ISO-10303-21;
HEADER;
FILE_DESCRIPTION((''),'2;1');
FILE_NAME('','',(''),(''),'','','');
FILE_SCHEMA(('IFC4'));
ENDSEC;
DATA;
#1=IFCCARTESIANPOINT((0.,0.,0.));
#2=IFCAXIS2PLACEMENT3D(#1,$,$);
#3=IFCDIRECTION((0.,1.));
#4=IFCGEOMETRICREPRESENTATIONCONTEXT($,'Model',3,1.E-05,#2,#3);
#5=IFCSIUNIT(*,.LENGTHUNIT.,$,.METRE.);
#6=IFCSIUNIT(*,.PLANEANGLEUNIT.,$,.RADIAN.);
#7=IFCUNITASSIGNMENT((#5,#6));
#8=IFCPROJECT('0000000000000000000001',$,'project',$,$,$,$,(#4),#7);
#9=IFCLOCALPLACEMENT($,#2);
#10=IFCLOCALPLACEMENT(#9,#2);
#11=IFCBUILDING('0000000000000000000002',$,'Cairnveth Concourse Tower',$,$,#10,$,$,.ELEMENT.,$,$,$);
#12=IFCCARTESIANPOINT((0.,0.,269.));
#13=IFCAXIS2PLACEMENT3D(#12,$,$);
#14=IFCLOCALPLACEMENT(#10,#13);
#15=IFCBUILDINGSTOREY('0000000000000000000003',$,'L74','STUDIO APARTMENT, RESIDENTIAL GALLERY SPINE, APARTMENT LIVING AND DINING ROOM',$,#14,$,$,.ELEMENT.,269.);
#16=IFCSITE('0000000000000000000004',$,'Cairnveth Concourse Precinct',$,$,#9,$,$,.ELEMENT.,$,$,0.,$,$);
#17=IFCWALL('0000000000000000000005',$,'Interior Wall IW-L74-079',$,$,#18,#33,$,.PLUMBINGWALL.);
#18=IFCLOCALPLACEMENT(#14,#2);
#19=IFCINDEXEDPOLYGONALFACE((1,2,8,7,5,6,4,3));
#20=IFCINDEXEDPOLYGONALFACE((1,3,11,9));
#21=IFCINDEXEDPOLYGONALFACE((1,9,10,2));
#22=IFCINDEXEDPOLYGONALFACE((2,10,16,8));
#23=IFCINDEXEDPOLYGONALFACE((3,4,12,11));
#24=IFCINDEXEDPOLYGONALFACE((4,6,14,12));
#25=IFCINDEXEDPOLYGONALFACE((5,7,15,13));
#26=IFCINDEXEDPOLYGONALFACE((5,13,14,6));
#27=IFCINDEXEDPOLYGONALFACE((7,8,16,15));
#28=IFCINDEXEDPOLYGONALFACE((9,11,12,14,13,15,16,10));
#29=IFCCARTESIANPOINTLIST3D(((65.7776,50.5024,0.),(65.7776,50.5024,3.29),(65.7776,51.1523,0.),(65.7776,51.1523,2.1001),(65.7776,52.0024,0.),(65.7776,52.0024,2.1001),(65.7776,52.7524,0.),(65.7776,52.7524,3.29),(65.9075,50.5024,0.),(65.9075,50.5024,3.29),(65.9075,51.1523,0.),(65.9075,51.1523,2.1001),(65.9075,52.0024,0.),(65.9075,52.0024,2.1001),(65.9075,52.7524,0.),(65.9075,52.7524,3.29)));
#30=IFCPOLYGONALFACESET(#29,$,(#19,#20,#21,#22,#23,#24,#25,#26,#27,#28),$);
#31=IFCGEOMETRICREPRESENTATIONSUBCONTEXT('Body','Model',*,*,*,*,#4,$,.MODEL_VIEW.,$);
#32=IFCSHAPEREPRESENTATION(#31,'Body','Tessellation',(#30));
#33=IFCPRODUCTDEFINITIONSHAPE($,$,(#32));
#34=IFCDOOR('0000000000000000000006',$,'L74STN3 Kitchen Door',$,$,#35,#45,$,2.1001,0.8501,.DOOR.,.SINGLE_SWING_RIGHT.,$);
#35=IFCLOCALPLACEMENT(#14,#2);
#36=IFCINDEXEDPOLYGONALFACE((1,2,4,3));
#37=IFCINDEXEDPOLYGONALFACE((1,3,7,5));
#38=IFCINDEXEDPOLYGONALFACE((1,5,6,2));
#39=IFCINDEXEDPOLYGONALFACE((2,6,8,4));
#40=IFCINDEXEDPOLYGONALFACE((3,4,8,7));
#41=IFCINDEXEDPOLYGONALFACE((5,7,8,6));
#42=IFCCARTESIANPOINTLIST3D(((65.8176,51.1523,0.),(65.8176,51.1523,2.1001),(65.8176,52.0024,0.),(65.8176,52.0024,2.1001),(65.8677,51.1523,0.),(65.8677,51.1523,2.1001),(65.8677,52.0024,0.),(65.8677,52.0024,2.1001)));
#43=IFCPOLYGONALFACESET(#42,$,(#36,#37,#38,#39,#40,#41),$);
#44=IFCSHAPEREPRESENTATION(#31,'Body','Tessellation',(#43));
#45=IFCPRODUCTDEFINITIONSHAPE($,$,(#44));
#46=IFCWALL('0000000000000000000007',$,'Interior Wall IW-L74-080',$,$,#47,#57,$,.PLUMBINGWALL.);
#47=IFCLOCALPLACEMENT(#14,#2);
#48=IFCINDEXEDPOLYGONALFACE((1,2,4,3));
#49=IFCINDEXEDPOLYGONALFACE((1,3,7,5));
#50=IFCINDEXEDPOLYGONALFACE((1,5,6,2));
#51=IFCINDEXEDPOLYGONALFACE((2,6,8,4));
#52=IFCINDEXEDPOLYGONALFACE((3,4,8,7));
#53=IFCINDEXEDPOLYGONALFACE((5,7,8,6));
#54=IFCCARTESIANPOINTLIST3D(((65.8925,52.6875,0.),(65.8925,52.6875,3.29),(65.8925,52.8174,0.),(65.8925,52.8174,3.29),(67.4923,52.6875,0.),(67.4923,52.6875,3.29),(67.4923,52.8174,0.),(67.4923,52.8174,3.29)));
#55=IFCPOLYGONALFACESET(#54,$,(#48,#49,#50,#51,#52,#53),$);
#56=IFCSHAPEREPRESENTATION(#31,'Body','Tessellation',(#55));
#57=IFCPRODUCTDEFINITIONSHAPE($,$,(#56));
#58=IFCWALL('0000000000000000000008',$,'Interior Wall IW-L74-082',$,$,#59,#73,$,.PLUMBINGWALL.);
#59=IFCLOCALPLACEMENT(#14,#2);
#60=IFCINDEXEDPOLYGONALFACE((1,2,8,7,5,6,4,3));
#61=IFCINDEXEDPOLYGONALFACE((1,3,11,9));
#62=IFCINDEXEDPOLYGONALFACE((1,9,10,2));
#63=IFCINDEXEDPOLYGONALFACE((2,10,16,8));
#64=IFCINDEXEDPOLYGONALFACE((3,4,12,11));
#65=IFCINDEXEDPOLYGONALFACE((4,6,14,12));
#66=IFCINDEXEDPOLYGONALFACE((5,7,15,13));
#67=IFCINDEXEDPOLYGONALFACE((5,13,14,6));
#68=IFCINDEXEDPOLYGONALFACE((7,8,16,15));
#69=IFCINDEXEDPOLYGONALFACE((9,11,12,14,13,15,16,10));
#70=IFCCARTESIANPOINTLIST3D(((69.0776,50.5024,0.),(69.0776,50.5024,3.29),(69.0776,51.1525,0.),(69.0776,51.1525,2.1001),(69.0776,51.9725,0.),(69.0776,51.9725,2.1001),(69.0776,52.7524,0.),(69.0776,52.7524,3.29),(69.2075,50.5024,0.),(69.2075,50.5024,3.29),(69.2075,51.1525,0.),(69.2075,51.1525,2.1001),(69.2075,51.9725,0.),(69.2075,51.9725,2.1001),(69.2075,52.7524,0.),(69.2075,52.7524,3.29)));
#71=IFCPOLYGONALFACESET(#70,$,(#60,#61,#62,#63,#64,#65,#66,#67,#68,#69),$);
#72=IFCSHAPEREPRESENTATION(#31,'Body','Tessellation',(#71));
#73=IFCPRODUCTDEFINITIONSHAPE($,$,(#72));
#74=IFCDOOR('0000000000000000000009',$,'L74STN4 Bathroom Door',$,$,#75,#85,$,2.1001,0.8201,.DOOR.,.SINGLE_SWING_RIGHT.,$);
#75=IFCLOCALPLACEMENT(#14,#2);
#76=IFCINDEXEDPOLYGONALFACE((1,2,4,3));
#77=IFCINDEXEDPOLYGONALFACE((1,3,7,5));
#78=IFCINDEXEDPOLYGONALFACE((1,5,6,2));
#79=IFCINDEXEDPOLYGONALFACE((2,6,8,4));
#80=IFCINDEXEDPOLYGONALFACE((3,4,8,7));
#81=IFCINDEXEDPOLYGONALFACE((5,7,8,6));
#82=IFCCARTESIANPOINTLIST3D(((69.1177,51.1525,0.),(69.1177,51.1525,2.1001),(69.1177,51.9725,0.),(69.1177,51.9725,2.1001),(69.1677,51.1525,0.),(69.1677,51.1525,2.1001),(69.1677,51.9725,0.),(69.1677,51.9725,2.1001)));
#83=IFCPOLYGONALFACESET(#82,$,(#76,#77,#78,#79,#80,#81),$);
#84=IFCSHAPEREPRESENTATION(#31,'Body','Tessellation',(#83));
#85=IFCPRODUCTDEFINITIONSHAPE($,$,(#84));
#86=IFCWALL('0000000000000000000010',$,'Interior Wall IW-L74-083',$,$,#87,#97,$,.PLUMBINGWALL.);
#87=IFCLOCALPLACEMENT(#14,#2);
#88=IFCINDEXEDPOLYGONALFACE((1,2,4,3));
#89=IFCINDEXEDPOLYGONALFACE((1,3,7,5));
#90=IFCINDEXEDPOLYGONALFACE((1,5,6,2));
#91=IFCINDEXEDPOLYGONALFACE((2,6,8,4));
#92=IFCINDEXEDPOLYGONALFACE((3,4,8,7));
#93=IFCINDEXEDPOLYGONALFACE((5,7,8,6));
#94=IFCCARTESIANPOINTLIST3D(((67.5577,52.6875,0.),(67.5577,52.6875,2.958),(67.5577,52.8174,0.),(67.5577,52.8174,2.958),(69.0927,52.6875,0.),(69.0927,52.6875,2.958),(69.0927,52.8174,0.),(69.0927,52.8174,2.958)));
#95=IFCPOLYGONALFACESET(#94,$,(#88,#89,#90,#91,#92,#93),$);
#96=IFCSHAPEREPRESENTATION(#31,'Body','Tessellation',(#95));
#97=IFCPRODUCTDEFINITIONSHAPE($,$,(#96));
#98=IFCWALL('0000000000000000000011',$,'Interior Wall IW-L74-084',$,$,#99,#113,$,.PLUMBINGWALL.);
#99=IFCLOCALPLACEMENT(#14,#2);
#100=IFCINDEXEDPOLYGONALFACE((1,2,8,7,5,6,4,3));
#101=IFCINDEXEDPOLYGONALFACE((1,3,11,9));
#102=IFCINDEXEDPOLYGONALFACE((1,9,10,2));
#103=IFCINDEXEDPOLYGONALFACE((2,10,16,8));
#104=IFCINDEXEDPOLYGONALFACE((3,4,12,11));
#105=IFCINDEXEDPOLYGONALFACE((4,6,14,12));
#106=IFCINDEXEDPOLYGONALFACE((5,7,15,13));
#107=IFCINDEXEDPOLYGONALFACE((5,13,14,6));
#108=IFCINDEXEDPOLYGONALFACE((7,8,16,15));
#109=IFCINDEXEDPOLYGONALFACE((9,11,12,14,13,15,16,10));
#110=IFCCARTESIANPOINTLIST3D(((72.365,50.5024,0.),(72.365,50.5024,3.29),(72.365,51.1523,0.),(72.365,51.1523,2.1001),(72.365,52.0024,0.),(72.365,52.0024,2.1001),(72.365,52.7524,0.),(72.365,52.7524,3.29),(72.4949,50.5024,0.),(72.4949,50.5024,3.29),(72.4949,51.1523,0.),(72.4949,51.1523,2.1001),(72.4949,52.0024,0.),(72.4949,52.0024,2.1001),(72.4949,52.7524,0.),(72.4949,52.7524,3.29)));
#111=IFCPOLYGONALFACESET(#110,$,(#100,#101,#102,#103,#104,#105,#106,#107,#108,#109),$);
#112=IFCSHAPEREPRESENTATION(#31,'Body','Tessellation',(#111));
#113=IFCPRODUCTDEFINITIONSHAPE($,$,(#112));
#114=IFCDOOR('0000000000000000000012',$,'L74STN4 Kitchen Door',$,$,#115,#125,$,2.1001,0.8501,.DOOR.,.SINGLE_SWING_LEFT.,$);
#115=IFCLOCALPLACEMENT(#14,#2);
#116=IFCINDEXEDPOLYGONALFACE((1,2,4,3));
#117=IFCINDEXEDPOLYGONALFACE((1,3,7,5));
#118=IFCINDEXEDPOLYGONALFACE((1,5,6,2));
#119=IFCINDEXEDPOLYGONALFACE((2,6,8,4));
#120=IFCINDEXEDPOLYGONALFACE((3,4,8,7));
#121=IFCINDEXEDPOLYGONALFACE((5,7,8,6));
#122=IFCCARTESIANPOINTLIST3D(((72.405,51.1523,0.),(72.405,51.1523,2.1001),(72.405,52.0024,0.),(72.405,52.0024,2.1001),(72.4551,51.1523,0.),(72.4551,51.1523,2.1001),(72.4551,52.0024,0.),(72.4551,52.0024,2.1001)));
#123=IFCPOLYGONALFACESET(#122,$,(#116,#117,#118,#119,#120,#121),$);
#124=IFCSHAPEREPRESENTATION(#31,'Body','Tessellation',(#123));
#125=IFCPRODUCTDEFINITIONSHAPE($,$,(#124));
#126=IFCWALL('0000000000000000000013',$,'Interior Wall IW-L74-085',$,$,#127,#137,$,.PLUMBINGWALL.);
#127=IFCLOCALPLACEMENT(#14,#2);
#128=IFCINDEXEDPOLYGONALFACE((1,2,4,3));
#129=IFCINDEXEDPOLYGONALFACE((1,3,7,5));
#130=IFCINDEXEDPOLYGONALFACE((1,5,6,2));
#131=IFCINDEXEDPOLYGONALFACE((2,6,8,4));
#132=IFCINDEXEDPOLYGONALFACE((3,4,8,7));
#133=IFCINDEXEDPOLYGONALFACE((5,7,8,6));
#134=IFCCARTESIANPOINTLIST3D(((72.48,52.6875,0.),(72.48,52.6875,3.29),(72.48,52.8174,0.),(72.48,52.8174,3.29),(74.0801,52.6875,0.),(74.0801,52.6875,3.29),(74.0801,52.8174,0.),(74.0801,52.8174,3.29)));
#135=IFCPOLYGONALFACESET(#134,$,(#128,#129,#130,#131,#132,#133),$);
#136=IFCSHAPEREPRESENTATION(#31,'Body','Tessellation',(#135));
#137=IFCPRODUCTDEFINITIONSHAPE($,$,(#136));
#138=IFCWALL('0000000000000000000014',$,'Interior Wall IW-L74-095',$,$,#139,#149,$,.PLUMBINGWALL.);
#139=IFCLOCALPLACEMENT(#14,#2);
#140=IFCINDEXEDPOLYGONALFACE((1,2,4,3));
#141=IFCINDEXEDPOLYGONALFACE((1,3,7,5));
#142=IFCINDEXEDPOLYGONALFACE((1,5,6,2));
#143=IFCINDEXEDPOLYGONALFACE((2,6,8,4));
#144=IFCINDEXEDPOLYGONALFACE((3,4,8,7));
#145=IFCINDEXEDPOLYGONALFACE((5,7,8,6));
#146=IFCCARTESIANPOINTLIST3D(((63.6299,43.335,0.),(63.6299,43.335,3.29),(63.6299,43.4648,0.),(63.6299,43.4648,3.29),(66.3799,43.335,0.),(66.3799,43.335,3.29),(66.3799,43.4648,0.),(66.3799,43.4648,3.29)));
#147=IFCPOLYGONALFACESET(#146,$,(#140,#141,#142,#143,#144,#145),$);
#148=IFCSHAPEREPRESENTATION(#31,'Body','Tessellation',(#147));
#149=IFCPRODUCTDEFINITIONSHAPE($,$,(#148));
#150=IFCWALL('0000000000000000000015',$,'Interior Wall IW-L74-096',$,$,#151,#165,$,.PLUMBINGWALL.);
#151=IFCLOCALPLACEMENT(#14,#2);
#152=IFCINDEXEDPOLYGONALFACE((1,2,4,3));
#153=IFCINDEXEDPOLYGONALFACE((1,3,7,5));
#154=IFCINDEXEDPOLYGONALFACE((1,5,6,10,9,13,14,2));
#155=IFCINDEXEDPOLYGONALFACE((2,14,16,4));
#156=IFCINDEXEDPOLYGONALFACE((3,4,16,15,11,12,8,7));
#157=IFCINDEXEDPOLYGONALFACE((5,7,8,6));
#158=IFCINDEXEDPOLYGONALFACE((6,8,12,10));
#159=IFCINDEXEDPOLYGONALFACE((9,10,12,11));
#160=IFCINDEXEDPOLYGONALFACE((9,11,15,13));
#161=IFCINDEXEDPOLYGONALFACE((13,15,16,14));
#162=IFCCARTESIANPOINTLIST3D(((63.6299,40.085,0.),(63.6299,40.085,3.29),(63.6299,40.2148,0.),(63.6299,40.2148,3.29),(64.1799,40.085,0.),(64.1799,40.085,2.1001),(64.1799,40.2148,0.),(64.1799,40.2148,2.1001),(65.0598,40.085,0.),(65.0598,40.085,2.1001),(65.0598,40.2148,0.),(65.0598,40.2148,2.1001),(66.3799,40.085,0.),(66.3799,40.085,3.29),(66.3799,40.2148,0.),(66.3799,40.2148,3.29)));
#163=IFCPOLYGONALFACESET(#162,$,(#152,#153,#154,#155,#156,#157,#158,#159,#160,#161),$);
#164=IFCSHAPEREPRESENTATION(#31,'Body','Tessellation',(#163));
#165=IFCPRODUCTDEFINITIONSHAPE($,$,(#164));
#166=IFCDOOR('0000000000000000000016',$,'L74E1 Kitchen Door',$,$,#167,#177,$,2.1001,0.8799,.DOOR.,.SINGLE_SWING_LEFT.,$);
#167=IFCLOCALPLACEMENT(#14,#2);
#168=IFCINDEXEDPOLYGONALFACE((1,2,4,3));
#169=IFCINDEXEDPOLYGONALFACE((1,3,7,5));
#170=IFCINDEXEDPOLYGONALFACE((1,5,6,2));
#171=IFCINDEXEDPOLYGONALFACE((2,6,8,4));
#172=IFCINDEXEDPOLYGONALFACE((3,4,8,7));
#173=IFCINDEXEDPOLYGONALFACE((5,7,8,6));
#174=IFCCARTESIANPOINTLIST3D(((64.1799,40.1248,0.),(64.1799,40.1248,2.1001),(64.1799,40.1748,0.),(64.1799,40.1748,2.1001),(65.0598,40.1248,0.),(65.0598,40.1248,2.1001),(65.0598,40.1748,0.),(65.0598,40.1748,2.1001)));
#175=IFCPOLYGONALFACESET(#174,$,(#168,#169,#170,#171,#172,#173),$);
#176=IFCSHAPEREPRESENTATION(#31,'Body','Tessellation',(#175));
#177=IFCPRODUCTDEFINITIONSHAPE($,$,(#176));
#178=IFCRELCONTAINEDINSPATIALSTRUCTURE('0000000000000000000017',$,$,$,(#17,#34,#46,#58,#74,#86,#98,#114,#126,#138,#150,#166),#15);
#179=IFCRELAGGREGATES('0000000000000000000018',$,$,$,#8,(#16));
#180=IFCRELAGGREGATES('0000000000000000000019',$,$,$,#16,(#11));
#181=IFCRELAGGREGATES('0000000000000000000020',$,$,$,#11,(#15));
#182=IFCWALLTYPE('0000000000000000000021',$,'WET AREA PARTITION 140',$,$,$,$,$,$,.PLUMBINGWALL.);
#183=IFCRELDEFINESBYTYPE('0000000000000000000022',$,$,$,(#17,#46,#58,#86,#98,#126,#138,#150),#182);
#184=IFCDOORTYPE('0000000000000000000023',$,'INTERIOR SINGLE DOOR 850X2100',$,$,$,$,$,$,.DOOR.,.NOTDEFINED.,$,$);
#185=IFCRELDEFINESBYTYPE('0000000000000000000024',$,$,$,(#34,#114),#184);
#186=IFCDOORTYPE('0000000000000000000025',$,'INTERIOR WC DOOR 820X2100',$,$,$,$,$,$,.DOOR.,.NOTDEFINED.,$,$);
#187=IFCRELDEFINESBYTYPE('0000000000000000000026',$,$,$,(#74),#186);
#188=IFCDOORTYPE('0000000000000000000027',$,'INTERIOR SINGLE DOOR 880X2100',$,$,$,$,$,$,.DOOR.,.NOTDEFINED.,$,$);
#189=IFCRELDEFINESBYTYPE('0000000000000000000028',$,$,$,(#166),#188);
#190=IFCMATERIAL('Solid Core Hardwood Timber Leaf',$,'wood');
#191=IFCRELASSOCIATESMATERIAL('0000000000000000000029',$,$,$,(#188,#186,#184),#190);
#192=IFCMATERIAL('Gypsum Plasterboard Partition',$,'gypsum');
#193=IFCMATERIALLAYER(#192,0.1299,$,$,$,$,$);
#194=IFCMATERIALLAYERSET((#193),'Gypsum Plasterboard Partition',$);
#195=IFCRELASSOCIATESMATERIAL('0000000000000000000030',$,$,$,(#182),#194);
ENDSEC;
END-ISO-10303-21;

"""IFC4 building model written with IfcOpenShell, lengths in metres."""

from ifc_helpers import new_model, si_unit, direction, frame, frame_2d, origin, place, context, subcontext, project, spatial, rectangle, extrude, material, layer, layer_set, type_object, element, fill, save


model = new_model("IFC4")

# Units and contexts
model_context = context("Model", 3, precision=1e-05, world=origin(), true_north=direction((0.0, 1.0)))
body_context = subcontext(model_context, "Body", "Model", "MODEL_VIEW")
ifc_project = project(units=[si_unit("LENGTHUNIT", "METRE"), si_unit("PLANEANGLEUNIT", "RADIAN")], contexts=[model_context])

# Site, building, storey
site_placement = place(None, origin())
site = spatial("IfcSite", under=ifc_project, at=site_placement, Name="Cairnveth Concourse Precinct", CompositionType="ELEMENT", RefElevation=0.0)
building_placement = place(site_placement, origin())
building = spatial("IfcBuilding", under=site, at=building_placement, Name="Cairnveth Concourse Tower", CompositionType="ELEMENT")
storey_placement = place(building_placement, frame((0.0, 0.0, 269.0)))
storey = spatial("IfcBuildingStorey", under=building, at=storey_placement, Name="L74", Description="STUDIO APARTMENT, RESIDENTIAL GALLERY SPINE, APARTMENT LIVING AND DINING ROOM", CompositionType="ELEMENT", Elevation=269.0)

# Shared definitions
ifc_material_1 = material(Name="Gypsum Plasterboard Partition", Category="gypsum")

# Wall, opening, door
ifc_material_2 = material(Name="Solid Core Hardwood Timber Leaf", Category="wood")
door_type_1 = type_object("IfcDoorType", Name="INTERIOR SINGLE DOOR 880X2100", OperationType="NOTDEFINED", PredefinedType="DOOR", material=ifc_material_2)
door_type_2 = type_object("IfcDoorType", Name="INTERIOR WC DOOR 820X2100", OperationType="NOTDEFINED", PredefinedType="DOOR", material=ifc_material_2)
ifc_layer_1 = layer(ifc_material_1, 0.1299)
ifc_layer_set_1 = layer_set([ifc_layer_1], Name="Gypsum Plasterboard Partition")
wall_type_1 = type_object("IfcWallType", Name="WET AREA PARTITION 140", PredefinedType="PLUMBINGWALL", material=ifc_layer_set_1)
wall_1_placement = place(storey_placement, frame((65.8425, 50.5024, 0.0), z_axis=(0.0, 0.0, 1.0), x_axis=(0.0, 1.0, 0.0)))
wall_1 = element("IfcWall", 1, at=wall_1_placement, inside=storey, type_object=wall_type_1, Name="Interior Wall IW-L74-079", PredefinedType="PLUMBINGWALL", context=body_context, shape_type="SweptSolid", body=[
    extrude(rectangle(XDim=2.25, YDim=0.1299, at=frame_2d((1.125, 0.0))), origin(), (0.0, 0.0, 1.0), 3.29),
])
opening_1_placement = place(wall_1_placement, frame((0.6499, 0.0, 0.0)))
opening_1 = element("IfcOpeningElement", 2, at=opening_1_placement, cuts=wall_1, PredefinedType="OPENING", context=body_context, shape_type="SweptSolid", body=[
    extrude(rectangle(XDim=0.8501, YDim=2.1001, at=frame_2d((0.425, 1.05))), frame((0.0, 0.075, 0.0), z_axis=(0.0, -1.0, 0.0), x_axis=(1.0, 0.0, 0.0)), (0.0, 0.0, 1.0), 0.1499),
])
door_type_3 = type_object("IfcDoorType", Name="INTERIOR SINGLE DOOR 850X2100", OperationType="NOTDEFINED", PredefinedType="DOOR", material=ifc_material_2)
door_1_placement = place(opening_1_placement, origin())
door_1 = element("IfcDoor", 3, at=door_1_placement, inside=storey, type_object=door_type_3, Name="L74STN3 Kitchen Door", OperationType="SINGLE_SWING_RIGHT", OverallHeight=2.1001, OverallWidth=0.8501, PredefinedType="DOOR", context=body_context, shape_type="SweptSolid", body=[
    extrude(rectangle(XDim=0.8501, YDim=2.1001, at=frame_2d((0.425, 1.05))), frame((0.0, 0.0249, 0.0), z_axis=(0.0, -1.0, 0.0), x_axis=(1.0, 0.0, 0.0)), (0.0, 0.0, 1.0), 0.05),
])
fill(opening_1, door_1)

# Wall
wall_2_placement = place(storey_placement, frame((65.8926, 52.7524, 0.0), z_axis=(0.0, 0.0, 1.0), x_axis=(1.0, 0.0, 0.0)))
element("IfcWall", 4, at=wall_2_placement, inside=storey, type_object=wall_type_1, Name="Interior Wall IW-L74-080", PredefinedType="PLUMBINGWALL", context=body_context, shape_type="SweptSolid", body=[
    extrude(rectangle(XDim=1.5999, YDim=0.1299, at=frame_2d((0.7998, 0.0))), origin(), (0.0, 0.0, 1.0), 3.29),
])

# Wall, opening, door
wall_3_placement = place(storey_placement, frame((69.1426, 50.5024, 0.0), z_axis=(0.0, 0.0, 1.0), x_axis=(0.0, 1.0, 0.0)))
wall_3 = element("IfcWall", 5, at=wall_3_placement, inside=storey, type_object=wall_type_1, Name="Interior Wall IW-L74-082", PredefinedType="PLUMBINGWALL", context=body_context, shape_type="SweptSolid", body=[
    extrude(rectangle(XDim=2.25, YDim=0.1299, at=frame_2d((1.125, 0.0))), origin(), (0.0, 0.0, 1.0), 3.29),
])
opening_2_placement = place(wall_3_placement, frame((0.6499, 0.0, 0.0)))
opening_2 = element("IfcOpeningElement", 6, at=opening_2_placement, cuts=wall_3, PredefinedType="OPENING", context=body_context, shape_type="SweptSolid", body=[
    extrude(rectangle(XDim=0.8201, YDim=2.1001, at=frame_2d((0.4102, 1.05))), frame((0.0, 0.075, 0.0), z_axis=(0.0, -1.0, 0.0), x_axis=(1.0, 0.0, 0.0)), (0.0, 0.0, 1.0), 0.1499),
])
door_2_placement = place(opening_2_placement, origin())
door_2 = element("IfcDoor", 7, at=door_2_placement, inside=storey, type_object=door_type_2, Name="L74STN4 Bathroom Door", OperationType="SINGLE_SWING_RIGHT", OverallHeight=2.1001, OverallWidth=0.8201, PredefinedType="DOOR", context=body_context, shape_type="SweptSolid", body=[
    extrude(rectangle(XDim=0.8201, YDim=2.1001, at=frame_2d((0.4102, 1.05))), frame((0.0, 0.0249, 0.0), z_axis=(0.0, -1.0, 0.0), x_axis=(1.0, 0.0, 0.0)), (0.0, 0.0, 1.0), 0.05),
])
fill(opening_2, door_2)

# Wall
wall_4_placement = place(storey_placement, frame((67.5576, 52.7524, 0.0), z_axis=(0.0, 0.0, 1.0), x_axis=(1.0, 0.0, 0.0)))
element("IfcWall", 8, at=wall_4_placement, inside=storey, type_object=wall_type_1, Name="Interior Wall IW-L74-083", PredefinedType="PLUMBINGWALL", context=body_context, shape_type="SweptSolid", body=[
    extrude(rectangle(XDim=1.5349, YDim=0.1299, at=frame_2d((0.7676, 0.0))), origin(), (0.0, 0.0, 1.0), 2.958),
])

# Wall, opening, door
wall_5_placement = place(storey_placement, frame((72.4299, 50.5024, 0.0), z_axis=(0.0, 0.0, 1.0), x_axis=(0.0, 1.0, 0.0)))
wall_5 = element("IfcWall", 9, at=wall_5_placement, inside=storey, type_object=wall_type_1, Name="Interior Wall IW-L74-084", PredefinedType="PLUMBINGWALL", context=body_context, shape_type="SweptSolid", body=[
    extrude(rectangle(XDim=2.25, YDim=0.1299, at=frame_2d((1.125, 0.0))), origin(), (0.0, 0.0, 1.0), 3.29),
])
opening_3_placement = place(wall_5_placement, frame((0.6499, 0.0, 0.0)))
opening_3 = element("IfcOpeningElement", 10, at=opening_3_placement, cuts=wall_5, PredefinedType="OPENING", context=body_context, shape_type="SweptSolid", body=[
    extrude(rectangle(XDim=0.8501, YDim=2.1001, at=frame_2d((0.425, 1.05))), frame((0.0, 0.075, 0.0), z_axis=(0.0, -1.0, 0.0), x_axis=(1.0, 0.0, 0.0)), (0.0, 0.0, 1.0), 0.1499),
])
door_3_placement = place(opening_3_placement, origin())
door_3 = element("IfcDoor", 11, at=door_3_placement, inside=storey, type_object=door_type_3, Name="L74STN4 Kitchen Door", OperationType="SINGLE_SWING_LEFT", OverallHeight=2.1001, OverallWidth=0.8501, PredefinedType="DOOR", context=body_context, shape_type="SweptSolid", body=[
    extrude(rectangle(XDim=0.8501, YDim=2.1001, at=frame_2d((0.425, 1.05))), frame((0.0, 0.0249, 0.0), z_axis=(0.0, -1.0, 0.0), x_axis=(1.0, 0.0, 0.0)), (0.0, 0.0, 1.0), 0.05),
])
fill(opening_3, door_3)

# Walls
wall_6_placement = place(storey_placement, frame((72.48, 52.7524, 0.0), z_axis=(0.0, 0.0, 1.0), x_axis=(1.0, 0.0, 0.0)))
element("IfcWall", 12, at=wall_6_placement, inside=storey, type_object=wall_type_1, Name="Interior Wall IW-L74-085", PredefinedType="PLUMBINGWALL", context=body_context, shape_type="SweptSolid", body=[
    extrude(rectangle(XDim=1.6001, YDim=0.1299, at=frame_2d((0.8, 0.0))), origin(), (0.0, 0.0, 1.0), 3.29),
])
wall_7_placement = place(storey_placement, frame((63.6299, 43.3999, 0.0), z_axis=(0.0, 0.0, 1.0), x_axis=(1.0, 0.0, 0.0)))
element("IfcWall", 13, at=wall_7_placement, inside=storey, type_object=wall_type_1, Name="Interior Wall IW-L74-095", PredefinedType="PLUMBINGWALL", context=body_context, shape_type="SweptSolid", body=[
    extrude(rectangle(XDim=2.75, YDim=0.1299, at=frame_2d((1.375, 0.0))), origin(), (0.0, 0.0, 1.0), 3.29),
])

# Wall, opening, door
wall_8_placement = place(storey_placement, frame((63.6299, 40.1499, 0.0), z_axis=(0.0, 0.0, 1.0), x_axis=(1.0, 0.0, 0.0)))
wall_8 = element("IfcWall", 14, at=wall_8_placement, inside=storey, type_object=wall_type_1, Name="Interior Wall IW-L74-096", PredefinedType="PLUMBINGWALL", context=body_context, shape_type="SweptSolid", body=[
    extrude(rectangle(XDim=2.75, YDim=0.1299, at=frame_2d((1.375, 0.0))), origin(), (0.0, 0.0, 1.0), 3.29),
])
opening_4_placement = place(wall_8_placement, frame((0.55, 0.0, 0.0)))
opening_4 = element("IfcOpeningElement", 15, at=opening_4_placement, cuts=wall_8, PredefinedType="OPENING", context=body_context, shape_type="SweptSolid", body=[
    extrude(rectangle(XDim=0.8799, YDim=2.1001, at=frame_2d((0.4399, 1.05))), frame((0.0, 0.075, 0.0), z_axis=(0.0, -1.0, 0.0), x_axis=(1.0, 0.0, 0.0)), (0.0, 0.0, 1.0), 0.1499),
])
door_4_placement = place(opening_4_placement, origin())
door_4 = element("IfcDoor", 16, at=door_4_placement, inside=storey, type_object=door_type_1, Name="L74E1 Kitchen Door", OperationType="SINGLE_SWING_LEFT", OverallHeight=2.1001, OverallWidth=0.8799, PredefinedType="DOOR", context=body_context, shape_type="SweptSolid", body=[
    extrude(rectangle(XDim=0.8799, YDim=2.1001, at=frame_2d((0.4399, 1.05))), frame((0.0, 0.0249, 0.0), z_axis=(0.0, -1.0, 0.0), x_axis=(1.0, 0.0, 0.0)), (0.0, 0.0, 1.0), 0.05),
])
fill(opening_4, door_4)

save(model, "model.ifc")
